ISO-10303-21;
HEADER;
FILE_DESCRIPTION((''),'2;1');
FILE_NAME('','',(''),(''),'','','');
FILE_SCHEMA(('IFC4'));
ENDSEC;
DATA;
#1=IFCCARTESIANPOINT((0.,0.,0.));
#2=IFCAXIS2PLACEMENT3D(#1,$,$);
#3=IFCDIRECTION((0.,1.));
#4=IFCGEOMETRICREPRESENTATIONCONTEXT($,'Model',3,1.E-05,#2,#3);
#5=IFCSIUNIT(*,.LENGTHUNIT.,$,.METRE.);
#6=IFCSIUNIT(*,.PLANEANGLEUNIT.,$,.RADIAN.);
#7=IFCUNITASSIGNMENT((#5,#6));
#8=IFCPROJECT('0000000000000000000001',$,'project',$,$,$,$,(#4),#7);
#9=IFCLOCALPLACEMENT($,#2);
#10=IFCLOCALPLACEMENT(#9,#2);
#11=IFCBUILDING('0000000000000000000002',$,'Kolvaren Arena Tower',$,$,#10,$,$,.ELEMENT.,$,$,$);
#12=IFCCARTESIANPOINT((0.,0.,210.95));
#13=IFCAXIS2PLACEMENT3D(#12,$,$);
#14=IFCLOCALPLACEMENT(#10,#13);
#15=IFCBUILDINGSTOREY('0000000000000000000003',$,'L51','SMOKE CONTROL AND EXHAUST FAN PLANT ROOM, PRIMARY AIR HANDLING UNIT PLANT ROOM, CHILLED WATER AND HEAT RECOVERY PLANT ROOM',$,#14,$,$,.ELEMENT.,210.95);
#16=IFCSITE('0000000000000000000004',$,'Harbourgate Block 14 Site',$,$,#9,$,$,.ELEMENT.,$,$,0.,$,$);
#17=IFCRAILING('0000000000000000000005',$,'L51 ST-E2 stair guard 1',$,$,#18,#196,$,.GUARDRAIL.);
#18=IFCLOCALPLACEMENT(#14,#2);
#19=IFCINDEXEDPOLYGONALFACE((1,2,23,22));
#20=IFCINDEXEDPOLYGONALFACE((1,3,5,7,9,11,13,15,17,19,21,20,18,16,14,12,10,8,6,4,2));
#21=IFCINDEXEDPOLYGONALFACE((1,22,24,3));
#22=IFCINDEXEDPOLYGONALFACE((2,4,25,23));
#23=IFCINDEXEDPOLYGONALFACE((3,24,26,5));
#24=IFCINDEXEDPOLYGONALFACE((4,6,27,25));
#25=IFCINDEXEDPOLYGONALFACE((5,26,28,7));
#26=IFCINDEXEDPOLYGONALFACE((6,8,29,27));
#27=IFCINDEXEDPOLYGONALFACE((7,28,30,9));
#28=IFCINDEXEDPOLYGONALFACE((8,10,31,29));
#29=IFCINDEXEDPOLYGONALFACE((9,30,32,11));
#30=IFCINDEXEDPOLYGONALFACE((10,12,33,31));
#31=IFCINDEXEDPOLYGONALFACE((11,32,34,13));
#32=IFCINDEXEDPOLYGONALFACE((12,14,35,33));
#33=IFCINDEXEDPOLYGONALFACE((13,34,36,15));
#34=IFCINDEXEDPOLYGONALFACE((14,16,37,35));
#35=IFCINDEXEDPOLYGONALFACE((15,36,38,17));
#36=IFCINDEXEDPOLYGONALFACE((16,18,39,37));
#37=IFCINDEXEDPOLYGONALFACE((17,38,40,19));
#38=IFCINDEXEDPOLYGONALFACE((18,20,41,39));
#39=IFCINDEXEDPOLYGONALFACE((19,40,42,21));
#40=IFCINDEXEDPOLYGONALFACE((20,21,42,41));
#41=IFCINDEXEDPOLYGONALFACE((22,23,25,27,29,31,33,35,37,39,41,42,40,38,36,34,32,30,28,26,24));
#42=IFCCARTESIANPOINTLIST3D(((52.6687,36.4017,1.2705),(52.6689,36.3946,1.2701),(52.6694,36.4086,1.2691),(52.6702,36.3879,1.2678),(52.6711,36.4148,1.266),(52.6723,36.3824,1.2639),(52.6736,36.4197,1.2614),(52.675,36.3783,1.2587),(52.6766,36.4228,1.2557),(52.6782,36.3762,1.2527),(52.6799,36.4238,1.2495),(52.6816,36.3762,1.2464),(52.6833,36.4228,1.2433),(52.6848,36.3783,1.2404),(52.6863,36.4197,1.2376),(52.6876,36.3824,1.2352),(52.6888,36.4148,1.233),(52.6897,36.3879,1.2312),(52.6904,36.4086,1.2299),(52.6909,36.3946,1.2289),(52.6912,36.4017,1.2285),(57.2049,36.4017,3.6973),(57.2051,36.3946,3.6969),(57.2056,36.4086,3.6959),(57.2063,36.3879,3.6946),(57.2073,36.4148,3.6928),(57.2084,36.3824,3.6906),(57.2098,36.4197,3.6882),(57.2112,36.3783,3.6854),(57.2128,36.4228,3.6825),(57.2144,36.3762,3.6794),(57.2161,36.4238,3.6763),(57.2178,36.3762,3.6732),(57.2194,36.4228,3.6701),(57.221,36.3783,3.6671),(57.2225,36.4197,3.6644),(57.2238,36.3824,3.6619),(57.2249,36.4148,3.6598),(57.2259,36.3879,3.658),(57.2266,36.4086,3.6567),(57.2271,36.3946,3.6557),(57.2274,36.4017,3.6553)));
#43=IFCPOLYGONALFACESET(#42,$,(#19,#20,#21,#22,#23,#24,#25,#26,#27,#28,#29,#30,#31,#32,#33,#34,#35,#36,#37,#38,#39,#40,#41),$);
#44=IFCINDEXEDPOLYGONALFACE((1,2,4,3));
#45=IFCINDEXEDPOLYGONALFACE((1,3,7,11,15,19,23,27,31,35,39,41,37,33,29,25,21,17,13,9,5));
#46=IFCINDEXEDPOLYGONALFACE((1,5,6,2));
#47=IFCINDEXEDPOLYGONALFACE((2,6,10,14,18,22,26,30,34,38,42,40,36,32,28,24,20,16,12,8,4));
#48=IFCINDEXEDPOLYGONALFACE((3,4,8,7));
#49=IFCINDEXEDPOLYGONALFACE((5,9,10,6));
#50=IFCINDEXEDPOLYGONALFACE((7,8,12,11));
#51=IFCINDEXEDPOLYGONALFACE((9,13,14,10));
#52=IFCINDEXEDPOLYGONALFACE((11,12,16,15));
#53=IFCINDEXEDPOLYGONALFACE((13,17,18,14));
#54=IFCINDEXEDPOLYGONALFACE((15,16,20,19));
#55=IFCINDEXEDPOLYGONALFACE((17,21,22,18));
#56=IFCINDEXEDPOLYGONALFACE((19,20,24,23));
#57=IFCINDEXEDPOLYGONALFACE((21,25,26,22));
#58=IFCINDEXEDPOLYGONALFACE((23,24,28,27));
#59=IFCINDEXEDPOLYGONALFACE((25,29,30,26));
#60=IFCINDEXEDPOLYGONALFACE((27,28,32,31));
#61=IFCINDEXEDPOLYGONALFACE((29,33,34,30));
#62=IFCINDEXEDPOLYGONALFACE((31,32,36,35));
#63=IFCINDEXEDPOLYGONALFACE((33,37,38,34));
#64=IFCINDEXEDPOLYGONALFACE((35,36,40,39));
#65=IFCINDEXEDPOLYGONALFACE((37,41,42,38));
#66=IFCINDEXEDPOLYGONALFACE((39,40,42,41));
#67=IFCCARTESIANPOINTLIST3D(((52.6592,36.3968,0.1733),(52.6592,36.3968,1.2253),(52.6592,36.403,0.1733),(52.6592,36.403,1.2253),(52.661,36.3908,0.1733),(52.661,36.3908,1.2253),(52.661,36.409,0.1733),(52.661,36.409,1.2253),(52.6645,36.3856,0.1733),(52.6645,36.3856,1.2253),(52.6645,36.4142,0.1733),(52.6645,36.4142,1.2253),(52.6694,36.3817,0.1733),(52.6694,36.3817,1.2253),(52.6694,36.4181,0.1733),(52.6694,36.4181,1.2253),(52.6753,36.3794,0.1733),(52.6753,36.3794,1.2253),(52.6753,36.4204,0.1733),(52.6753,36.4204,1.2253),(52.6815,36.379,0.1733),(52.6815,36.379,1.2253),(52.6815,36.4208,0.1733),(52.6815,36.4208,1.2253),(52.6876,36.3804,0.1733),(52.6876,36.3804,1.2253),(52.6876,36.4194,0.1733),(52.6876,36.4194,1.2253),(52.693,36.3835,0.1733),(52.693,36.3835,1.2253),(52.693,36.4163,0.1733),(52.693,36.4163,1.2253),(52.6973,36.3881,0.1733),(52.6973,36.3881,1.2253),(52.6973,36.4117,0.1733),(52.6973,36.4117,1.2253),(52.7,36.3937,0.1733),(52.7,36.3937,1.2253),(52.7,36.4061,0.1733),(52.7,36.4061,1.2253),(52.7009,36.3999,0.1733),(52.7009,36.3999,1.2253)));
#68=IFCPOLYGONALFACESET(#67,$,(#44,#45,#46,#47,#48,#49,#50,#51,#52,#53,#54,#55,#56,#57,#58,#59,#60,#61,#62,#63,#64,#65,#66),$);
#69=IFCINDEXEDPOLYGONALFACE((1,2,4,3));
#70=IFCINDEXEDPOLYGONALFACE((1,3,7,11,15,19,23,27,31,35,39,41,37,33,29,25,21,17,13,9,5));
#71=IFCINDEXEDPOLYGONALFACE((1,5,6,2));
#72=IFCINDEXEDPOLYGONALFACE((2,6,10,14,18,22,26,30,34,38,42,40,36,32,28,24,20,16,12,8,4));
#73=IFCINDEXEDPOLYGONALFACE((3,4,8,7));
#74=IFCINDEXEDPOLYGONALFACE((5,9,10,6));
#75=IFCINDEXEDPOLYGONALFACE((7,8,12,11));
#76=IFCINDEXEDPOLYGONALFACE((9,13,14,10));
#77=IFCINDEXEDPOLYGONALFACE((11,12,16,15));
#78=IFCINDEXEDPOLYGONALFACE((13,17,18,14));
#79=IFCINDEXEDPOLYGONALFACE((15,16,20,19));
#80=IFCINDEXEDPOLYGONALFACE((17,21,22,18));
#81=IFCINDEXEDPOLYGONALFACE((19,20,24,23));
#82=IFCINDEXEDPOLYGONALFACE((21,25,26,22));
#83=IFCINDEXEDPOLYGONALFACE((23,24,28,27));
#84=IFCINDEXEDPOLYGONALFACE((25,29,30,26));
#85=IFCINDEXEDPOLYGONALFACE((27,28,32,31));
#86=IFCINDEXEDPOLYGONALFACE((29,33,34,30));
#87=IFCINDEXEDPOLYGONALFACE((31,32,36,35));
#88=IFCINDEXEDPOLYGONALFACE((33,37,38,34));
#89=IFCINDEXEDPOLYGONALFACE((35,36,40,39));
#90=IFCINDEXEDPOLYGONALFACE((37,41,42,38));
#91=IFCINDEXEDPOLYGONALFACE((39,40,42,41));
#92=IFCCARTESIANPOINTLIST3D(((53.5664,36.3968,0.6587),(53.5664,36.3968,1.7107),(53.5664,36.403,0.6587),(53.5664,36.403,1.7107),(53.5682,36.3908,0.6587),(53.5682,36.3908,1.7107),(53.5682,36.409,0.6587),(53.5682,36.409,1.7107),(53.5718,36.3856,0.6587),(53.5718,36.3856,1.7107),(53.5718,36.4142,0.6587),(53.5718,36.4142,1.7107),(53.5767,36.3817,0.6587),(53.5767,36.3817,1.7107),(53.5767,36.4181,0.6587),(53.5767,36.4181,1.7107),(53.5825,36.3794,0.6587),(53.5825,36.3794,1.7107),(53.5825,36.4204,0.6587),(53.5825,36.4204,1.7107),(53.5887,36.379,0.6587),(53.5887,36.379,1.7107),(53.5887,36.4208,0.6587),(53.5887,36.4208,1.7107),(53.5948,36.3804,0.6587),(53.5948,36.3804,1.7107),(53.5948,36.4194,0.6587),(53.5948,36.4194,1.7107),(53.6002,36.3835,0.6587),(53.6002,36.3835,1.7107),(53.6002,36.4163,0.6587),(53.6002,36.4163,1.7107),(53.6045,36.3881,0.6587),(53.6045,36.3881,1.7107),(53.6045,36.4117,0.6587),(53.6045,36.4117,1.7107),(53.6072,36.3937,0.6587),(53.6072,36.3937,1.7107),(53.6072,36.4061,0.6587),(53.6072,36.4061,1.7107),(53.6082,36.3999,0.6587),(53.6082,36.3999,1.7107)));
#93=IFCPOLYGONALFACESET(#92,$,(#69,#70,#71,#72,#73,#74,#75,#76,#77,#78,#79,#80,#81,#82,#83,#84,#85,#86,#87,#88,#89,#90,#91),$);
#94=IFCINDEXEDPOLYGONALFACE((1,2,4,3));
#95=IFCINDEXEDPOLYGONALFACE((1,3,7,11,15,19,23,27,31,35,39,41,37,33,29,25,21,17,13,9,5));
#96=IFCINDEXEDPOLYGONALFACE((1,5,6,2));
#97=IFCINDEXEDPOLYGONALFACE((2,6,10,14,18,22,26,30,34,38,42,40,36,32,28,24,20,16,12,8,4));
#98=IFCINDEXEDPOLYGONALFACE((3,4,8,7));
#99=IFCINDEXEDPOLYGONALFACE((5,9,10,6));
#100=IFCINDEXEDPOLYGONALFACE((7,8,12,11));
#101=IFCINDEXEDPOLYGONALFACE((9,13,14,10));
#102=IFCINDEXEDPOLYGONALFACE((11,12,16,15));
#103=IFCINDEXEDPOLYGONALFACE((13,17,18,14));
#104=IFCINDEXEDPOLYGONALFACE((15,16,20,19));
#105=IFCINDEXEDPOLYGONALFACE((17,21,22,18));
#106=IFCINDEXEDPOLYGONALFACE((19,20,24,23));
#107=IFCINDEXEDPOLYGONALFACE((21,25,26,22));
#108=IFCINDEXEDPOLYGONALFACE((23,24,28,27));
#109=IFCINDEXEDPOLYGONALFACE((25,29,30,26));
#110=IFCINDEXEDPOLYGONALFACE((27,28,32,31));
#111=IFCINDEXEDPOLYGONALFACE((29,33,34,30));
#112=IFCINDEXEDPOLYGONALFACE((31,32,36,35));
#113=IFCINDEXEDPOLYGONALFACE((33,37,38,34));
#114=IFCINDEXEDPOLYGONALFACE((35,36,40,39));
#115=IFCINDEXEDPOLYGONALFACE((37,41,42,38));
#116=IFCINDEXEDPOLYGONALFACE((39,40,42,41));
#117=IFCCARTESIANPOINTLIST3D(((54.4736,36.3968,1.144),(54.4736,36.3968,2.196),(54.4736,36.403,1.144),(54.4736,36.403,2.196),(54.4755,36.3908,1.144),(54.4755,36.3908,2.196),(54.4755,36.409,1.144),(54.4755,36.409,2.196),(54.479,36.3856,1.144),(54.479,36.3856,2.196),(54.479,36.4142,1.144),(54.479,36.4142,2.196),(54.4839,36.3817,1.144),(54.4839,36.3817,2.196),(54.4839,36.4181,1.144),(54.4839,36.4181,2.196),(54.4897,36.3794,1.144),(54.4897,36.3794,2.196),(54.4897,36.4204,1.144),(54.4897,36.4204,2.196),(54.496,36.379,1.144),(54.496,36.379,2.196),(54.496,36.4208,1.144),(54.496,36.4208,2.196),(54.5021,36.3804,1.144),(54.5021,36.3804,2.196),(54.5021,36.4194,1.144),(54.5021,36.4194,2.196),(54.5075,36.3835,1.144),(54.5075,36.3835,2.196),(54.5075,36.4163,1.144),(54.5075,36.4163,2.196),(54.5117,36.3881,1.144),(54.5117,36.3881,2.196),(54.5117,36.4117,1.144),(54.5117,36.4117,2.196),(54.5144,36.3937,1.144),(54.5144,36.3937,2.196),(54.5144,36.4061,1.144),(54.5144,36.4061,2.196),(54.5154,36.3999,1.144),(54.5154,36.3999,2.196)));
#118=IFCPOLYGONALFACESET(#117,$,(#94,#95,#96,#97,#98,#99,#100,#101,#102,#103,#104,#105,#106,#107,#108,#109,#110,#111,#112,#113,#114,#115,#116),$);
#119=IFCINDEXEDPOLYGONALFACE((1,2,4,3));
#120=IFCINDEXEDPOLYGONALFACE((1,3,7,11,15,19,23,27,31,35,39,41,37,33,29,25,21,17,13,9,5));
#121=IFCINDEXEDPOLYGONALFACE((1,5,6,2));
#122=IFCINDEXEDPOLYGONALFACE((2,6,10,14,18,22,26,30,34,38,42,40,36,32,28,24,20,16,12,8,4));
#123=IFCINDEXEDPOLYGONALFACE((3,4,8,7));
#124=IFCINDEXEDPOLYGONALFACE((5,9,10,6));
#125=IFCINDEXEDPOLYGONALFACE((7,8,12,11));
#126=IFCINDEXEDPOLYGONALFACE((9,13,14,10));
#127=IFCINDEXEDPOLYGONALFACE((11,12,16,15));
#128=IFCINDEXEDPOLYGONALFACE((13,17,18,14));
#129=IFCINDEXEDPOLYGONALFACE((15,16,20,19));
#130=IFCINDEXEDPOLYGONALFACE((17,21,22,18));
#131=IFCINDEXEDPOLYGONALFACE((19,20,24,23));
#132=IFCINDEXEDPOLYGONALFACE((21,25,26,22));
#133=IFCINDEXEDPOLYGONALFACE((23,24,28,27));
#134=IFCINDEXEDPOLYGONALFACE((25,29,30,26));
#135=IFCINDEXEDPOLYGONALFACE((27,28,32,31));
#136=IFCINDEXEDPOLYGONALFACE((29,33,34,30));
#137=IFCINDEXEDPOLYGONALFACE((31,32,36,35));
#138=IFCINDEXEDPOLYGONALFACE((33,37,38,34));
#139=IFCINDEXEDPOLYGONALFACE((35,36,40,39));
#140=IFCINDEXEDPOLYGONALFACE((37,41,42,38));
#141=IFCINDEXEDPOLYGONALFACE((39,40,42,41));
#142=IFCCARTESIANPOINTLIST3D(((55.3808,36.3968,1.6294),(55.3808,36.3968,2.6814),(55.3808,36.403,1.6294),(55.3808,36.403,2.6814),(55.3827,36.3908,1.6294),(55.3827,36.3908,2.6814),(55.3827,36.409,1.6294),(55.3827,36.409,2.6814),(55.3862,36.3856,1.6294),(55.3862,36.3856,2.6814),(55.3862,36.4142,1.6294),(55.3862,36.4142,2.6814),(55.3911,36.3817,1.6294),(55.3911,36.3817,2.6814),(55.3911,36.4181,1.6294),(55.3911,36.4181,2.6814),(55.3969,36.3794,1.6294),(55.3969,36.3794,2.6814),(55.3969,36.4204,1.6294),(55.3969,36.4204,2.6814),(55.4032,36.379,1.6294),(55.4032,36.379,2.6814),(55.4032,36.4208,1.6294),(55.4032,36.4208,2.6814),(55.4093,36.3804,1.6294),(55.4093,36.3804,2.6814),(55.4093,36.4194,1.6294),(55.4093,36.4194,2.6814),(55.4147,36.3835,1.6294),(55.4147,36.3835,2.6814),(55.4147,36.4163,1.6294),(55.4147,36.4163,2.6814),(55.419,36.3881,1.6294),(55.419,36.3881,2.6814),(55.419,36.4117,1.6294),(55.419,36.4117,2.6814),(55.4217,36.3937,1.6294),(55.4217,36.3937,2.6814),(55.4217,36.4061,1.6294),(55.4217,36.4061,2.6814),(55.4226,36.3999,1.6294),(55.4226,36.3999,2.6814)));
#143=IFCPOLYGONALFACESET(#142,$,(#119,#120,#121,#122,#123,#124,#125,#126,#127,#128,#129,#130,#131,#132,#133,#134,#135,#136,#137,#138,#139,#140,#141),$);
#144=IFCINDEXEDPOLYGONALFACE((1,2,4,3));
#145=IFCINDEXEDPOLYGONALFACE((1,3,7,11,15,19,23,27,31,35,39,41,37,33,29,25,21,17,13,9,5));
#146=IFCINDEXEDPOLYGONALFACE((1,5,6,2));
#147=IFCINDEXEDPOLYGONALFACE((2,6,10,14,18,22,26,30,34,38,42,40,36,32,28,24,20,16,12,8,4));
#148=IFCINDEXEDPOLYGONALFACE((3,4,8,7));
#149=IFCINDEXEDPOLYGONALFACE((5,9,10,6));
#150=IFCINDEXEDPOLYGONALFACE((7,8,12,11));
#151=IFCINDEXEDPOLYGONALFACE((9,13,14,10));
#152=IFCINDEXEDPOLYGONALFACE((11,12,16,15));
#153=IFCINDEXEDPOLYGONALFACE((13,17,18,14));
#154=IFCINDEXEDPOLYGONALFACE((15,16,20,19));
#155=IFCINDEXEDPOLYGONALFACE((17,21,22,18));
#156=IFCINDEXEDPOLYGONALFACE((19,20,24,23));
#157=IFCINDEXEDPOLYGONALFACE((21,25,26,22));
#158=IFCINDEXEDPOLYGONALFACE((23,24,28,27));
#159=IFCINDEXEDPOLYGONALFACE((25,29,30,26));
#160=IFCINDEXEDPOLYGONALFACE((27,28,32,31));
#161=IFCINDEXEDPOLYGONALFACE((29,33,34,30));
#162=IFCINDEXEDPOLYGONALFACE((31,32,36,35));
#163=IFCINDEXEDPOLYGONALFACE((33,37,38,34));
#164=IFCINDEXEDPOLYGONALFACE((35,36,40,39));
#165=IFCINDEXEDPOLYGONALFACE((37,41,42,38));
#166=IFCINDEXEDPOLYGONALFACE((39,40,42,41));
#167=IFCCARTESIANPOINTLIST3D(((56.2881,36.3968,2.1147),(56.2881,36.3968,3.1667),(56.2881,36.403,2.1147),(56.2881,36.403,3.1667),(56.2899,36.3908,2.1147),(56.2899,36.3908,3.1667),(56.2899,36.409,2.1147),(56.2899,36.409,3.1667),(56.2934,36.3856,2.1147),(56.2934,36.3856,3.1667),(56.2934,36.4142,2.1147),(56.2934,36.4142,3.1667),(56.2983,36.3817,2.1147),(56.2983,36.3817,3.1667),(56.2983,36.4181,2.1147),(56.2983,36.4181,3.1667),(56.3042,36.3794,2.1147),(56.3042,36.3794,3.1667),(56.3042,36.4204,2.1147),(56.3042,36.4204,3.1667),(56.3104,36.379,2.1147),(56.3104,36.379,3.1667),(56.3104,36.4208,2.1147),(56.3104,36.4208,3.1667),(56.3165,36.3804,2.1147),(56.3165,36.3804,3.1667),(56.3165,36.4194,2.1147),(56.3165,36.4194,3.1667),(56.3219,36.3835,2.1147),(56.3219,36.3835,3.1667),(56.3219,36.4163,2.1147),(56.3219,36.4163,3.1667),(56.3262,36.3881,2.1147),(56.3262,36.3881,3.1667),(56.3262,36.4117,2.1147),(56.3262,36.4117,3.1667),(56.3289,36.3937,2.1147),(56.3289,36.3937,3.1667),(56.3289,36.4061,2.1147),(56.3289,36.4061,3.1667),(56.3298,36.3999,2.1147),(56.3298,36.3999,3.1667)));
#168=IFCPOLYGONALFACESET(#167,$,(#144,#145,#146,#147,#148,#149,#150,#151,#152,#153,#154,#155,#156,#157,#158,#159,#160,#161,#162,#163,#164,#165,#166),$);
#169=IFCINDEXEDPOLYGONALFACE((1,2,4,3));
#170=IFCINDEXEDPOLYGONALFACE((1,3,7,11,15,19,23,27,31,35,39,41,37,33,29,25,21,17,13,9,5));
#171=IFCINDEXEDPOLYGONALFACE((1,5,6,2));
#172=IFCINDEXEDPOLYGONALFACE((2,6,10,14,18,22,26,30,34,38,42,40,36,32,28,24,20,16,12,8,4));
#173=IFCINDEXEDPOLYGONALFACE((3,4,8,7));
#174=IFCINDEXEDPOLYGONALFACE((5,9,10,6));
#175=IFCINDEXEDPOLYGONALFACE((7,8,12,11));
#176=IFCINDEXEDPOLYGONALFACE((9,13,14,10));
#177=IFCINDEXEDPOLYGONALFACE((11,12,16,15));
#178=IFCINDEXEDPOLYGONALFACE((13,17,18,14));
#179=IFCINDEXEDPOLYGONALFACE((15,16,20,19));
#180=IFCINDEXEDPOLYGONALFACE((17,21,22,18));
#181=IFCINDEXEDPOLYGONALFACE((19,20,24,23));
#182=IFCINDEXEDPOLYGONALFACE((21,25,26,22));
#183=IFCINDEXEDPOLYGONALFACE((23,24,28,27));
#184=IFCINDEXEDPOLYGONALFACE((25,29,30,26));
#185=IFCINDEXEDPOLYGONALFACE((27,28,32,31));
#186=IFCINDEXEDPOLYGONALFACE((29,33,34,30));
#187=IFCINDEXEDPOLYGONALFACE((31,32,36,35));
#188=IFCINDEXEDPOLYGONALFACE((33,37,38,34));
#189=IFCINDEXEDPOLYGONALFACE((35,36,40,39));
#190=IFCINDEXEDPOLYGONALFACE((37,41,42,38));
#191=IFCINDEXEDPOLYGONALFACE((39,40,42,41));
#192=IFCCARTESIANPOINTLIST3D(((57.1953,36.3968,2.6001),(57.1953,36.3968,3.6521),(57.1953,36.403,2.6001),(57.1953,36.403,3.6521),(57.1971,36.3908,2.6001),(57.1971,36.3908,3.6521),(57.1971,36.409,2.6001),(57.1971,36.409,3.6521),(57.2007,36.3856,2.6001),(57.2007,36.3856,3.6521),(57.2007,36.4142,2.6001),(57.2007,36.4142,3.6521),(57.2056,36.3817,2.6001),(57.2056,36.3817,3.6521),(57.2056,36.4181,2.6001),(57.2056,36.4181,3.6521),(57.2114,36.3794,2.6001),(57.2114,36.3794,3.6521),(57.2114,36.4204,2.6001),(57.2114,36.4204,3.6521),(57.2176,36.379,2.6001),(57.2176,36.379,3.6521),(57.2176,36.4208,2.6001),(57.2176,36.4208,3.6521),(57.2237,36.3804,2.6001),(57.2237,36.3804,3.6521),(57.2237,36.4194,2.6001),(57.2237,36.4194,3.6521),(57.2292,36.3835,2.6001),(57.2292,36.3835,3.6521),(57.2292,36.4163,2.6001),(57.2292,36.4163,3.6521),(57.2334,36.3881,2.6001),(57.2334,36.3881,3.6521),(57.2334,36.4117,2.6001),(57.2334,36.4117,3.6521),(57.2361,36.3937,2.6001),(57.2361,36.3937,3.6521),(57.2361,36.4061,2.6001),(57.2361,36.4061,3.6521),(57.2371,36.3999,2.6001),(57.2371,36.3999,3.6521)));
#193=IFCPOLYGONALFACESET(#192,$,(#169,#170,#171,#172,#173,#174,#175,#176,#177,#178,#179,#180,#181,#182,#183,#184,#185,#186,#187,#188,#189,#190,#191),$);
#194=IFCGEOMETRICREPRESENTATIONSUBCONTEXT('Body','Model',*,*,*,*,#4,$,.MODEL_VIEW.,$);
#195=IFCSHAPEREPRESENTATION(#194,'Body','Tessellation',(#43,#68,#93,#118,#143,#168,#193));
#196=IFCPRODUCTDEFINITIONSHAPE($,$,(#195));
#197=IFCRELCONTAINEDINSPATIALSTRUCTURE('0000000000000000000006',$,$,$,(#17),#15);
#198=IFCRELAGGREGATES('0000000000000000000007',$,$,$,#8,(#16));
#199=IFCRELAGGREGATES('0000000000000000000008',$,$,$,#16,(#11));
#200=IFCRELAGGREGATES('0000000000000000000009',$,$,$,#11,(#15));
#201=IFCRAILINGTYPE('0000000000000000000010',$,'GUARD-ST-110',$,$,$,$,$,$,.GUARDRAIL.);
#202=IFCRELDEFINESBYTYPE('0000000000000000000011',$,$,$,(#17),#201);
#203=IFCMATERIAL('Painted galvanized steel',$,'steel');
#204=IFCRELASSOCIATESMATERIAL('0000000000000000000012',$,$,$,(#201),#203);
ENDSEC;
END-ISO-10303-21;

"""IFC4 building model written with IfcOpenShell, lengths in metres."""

from ifc_helpers import new_model, si_unit, direction, frame, origin, origin_2d, place, context, subcontext, project, spatial, circle, extrude, material, type_object, element, save


model = new_model("IFC4")

# Units and contexts
model_context = context("Model", 3, precision=1e-05, world=origin(), true_north=direction((0.0, 1.0)))
body_context = subcontext(model_context, "Body", "Model", "MODEL_VIEW")
ifc_project = project(units=[si_unit("LENGTHUNIT", "METRE"), si_unit("PLANEANGLEUNIT", "RADIAN")], contexts=[model_context])

# Site, building, storey
site_placement = place(None, origin())
site = spatial("IfcSite", under=ifc_project, at=site_placement, Name="Harbourgate Block 14 Site", CompositionType="ELEMENT", RefElevation=0.0)
building_placement = place(site_placement, origin())
building = spatial("IfcBuilding", under=site, at=building_placement, Name="Kolvaren Arena Tower", CompositionType="ELEMENT")
storey_placement = place(building_placement, frame((0.0, 0.0, 210.95)))
storey = spatial("IfcBuildingStorey", under=building, at=storey_placement, Name="L51", Description="SMOKE CONTROL AND EXHAUST FAN PLANT ROOM, PRIMARY AIR HANDLING UNIT PLANT ROOM, CHILLED WATER AND HEAT RECOVERY PLANT ROOM", CompositionType="ELEMENT", Elevation=210.95)

# Railing
ifc_material_1 = material(Name="Painted galvanized steel", Category="steel")
railing_type_1 = type_object("IfcRailingType", Name="GUARD-ST-110", PredefinedType="GUARDRAIL", material=ifc_material_1)
railing_1_placement = place(storey_placement, frame((52.6799, 36.3999, 0.1733)))
element("IfcRailing", 1, at=railing_1_placement, inside=storey, type_object=railing_type_1, Name="L51 ST-E2 stair guard 1", PredefinedType="GUARDRAIL", context=body_context, shape_type="SweptSolid", body=[
    extrude(circle(Radius=0.0239, at=origin_2d()), frame((0.0, 0.0, 1.0762), z_axis=(0.881748, 0.0, 0.471721), x_axis=(0.0, 1.0, 0.0)), (0.0, 0.0, 1.0), 5.1445),
    extrude(circle(Radius=0.021, at=origin_2d()), origin(), (0.0, 0.0, 1.0), 1.052),
    extrude(circle(Radius=0.021, at=origin_2d()), frame((0.9072, 0.0, 0.4854)), (0.0, 0.0, 1.0), 1.052),
    extrude(circle(Radius=0.021, at=origin_2d()), frame((1.8145, 0.0, 0.9707)), (0.0, 0.0, 1.0), 1.052),
    extrude(circle(Radius=0.021, at=origin_2d()), frame((2.7217, 0.0, 1.4561)), (0.0, 0.0, 1.0), 1.052),
    extrude(circle(Radius=0.021, at=origin_2d()), frame((3.6289, 0.0, 1.9414)), (0.0, 0.0, 1.0), 1.052),
    extrude(circle(Radius=0.021, at=origin_2d()), frame((4.5361, 0.0, 2.4268)), (0.0, 0.0, 1.0), 1.052),
])

save(model, "model.ifc")
